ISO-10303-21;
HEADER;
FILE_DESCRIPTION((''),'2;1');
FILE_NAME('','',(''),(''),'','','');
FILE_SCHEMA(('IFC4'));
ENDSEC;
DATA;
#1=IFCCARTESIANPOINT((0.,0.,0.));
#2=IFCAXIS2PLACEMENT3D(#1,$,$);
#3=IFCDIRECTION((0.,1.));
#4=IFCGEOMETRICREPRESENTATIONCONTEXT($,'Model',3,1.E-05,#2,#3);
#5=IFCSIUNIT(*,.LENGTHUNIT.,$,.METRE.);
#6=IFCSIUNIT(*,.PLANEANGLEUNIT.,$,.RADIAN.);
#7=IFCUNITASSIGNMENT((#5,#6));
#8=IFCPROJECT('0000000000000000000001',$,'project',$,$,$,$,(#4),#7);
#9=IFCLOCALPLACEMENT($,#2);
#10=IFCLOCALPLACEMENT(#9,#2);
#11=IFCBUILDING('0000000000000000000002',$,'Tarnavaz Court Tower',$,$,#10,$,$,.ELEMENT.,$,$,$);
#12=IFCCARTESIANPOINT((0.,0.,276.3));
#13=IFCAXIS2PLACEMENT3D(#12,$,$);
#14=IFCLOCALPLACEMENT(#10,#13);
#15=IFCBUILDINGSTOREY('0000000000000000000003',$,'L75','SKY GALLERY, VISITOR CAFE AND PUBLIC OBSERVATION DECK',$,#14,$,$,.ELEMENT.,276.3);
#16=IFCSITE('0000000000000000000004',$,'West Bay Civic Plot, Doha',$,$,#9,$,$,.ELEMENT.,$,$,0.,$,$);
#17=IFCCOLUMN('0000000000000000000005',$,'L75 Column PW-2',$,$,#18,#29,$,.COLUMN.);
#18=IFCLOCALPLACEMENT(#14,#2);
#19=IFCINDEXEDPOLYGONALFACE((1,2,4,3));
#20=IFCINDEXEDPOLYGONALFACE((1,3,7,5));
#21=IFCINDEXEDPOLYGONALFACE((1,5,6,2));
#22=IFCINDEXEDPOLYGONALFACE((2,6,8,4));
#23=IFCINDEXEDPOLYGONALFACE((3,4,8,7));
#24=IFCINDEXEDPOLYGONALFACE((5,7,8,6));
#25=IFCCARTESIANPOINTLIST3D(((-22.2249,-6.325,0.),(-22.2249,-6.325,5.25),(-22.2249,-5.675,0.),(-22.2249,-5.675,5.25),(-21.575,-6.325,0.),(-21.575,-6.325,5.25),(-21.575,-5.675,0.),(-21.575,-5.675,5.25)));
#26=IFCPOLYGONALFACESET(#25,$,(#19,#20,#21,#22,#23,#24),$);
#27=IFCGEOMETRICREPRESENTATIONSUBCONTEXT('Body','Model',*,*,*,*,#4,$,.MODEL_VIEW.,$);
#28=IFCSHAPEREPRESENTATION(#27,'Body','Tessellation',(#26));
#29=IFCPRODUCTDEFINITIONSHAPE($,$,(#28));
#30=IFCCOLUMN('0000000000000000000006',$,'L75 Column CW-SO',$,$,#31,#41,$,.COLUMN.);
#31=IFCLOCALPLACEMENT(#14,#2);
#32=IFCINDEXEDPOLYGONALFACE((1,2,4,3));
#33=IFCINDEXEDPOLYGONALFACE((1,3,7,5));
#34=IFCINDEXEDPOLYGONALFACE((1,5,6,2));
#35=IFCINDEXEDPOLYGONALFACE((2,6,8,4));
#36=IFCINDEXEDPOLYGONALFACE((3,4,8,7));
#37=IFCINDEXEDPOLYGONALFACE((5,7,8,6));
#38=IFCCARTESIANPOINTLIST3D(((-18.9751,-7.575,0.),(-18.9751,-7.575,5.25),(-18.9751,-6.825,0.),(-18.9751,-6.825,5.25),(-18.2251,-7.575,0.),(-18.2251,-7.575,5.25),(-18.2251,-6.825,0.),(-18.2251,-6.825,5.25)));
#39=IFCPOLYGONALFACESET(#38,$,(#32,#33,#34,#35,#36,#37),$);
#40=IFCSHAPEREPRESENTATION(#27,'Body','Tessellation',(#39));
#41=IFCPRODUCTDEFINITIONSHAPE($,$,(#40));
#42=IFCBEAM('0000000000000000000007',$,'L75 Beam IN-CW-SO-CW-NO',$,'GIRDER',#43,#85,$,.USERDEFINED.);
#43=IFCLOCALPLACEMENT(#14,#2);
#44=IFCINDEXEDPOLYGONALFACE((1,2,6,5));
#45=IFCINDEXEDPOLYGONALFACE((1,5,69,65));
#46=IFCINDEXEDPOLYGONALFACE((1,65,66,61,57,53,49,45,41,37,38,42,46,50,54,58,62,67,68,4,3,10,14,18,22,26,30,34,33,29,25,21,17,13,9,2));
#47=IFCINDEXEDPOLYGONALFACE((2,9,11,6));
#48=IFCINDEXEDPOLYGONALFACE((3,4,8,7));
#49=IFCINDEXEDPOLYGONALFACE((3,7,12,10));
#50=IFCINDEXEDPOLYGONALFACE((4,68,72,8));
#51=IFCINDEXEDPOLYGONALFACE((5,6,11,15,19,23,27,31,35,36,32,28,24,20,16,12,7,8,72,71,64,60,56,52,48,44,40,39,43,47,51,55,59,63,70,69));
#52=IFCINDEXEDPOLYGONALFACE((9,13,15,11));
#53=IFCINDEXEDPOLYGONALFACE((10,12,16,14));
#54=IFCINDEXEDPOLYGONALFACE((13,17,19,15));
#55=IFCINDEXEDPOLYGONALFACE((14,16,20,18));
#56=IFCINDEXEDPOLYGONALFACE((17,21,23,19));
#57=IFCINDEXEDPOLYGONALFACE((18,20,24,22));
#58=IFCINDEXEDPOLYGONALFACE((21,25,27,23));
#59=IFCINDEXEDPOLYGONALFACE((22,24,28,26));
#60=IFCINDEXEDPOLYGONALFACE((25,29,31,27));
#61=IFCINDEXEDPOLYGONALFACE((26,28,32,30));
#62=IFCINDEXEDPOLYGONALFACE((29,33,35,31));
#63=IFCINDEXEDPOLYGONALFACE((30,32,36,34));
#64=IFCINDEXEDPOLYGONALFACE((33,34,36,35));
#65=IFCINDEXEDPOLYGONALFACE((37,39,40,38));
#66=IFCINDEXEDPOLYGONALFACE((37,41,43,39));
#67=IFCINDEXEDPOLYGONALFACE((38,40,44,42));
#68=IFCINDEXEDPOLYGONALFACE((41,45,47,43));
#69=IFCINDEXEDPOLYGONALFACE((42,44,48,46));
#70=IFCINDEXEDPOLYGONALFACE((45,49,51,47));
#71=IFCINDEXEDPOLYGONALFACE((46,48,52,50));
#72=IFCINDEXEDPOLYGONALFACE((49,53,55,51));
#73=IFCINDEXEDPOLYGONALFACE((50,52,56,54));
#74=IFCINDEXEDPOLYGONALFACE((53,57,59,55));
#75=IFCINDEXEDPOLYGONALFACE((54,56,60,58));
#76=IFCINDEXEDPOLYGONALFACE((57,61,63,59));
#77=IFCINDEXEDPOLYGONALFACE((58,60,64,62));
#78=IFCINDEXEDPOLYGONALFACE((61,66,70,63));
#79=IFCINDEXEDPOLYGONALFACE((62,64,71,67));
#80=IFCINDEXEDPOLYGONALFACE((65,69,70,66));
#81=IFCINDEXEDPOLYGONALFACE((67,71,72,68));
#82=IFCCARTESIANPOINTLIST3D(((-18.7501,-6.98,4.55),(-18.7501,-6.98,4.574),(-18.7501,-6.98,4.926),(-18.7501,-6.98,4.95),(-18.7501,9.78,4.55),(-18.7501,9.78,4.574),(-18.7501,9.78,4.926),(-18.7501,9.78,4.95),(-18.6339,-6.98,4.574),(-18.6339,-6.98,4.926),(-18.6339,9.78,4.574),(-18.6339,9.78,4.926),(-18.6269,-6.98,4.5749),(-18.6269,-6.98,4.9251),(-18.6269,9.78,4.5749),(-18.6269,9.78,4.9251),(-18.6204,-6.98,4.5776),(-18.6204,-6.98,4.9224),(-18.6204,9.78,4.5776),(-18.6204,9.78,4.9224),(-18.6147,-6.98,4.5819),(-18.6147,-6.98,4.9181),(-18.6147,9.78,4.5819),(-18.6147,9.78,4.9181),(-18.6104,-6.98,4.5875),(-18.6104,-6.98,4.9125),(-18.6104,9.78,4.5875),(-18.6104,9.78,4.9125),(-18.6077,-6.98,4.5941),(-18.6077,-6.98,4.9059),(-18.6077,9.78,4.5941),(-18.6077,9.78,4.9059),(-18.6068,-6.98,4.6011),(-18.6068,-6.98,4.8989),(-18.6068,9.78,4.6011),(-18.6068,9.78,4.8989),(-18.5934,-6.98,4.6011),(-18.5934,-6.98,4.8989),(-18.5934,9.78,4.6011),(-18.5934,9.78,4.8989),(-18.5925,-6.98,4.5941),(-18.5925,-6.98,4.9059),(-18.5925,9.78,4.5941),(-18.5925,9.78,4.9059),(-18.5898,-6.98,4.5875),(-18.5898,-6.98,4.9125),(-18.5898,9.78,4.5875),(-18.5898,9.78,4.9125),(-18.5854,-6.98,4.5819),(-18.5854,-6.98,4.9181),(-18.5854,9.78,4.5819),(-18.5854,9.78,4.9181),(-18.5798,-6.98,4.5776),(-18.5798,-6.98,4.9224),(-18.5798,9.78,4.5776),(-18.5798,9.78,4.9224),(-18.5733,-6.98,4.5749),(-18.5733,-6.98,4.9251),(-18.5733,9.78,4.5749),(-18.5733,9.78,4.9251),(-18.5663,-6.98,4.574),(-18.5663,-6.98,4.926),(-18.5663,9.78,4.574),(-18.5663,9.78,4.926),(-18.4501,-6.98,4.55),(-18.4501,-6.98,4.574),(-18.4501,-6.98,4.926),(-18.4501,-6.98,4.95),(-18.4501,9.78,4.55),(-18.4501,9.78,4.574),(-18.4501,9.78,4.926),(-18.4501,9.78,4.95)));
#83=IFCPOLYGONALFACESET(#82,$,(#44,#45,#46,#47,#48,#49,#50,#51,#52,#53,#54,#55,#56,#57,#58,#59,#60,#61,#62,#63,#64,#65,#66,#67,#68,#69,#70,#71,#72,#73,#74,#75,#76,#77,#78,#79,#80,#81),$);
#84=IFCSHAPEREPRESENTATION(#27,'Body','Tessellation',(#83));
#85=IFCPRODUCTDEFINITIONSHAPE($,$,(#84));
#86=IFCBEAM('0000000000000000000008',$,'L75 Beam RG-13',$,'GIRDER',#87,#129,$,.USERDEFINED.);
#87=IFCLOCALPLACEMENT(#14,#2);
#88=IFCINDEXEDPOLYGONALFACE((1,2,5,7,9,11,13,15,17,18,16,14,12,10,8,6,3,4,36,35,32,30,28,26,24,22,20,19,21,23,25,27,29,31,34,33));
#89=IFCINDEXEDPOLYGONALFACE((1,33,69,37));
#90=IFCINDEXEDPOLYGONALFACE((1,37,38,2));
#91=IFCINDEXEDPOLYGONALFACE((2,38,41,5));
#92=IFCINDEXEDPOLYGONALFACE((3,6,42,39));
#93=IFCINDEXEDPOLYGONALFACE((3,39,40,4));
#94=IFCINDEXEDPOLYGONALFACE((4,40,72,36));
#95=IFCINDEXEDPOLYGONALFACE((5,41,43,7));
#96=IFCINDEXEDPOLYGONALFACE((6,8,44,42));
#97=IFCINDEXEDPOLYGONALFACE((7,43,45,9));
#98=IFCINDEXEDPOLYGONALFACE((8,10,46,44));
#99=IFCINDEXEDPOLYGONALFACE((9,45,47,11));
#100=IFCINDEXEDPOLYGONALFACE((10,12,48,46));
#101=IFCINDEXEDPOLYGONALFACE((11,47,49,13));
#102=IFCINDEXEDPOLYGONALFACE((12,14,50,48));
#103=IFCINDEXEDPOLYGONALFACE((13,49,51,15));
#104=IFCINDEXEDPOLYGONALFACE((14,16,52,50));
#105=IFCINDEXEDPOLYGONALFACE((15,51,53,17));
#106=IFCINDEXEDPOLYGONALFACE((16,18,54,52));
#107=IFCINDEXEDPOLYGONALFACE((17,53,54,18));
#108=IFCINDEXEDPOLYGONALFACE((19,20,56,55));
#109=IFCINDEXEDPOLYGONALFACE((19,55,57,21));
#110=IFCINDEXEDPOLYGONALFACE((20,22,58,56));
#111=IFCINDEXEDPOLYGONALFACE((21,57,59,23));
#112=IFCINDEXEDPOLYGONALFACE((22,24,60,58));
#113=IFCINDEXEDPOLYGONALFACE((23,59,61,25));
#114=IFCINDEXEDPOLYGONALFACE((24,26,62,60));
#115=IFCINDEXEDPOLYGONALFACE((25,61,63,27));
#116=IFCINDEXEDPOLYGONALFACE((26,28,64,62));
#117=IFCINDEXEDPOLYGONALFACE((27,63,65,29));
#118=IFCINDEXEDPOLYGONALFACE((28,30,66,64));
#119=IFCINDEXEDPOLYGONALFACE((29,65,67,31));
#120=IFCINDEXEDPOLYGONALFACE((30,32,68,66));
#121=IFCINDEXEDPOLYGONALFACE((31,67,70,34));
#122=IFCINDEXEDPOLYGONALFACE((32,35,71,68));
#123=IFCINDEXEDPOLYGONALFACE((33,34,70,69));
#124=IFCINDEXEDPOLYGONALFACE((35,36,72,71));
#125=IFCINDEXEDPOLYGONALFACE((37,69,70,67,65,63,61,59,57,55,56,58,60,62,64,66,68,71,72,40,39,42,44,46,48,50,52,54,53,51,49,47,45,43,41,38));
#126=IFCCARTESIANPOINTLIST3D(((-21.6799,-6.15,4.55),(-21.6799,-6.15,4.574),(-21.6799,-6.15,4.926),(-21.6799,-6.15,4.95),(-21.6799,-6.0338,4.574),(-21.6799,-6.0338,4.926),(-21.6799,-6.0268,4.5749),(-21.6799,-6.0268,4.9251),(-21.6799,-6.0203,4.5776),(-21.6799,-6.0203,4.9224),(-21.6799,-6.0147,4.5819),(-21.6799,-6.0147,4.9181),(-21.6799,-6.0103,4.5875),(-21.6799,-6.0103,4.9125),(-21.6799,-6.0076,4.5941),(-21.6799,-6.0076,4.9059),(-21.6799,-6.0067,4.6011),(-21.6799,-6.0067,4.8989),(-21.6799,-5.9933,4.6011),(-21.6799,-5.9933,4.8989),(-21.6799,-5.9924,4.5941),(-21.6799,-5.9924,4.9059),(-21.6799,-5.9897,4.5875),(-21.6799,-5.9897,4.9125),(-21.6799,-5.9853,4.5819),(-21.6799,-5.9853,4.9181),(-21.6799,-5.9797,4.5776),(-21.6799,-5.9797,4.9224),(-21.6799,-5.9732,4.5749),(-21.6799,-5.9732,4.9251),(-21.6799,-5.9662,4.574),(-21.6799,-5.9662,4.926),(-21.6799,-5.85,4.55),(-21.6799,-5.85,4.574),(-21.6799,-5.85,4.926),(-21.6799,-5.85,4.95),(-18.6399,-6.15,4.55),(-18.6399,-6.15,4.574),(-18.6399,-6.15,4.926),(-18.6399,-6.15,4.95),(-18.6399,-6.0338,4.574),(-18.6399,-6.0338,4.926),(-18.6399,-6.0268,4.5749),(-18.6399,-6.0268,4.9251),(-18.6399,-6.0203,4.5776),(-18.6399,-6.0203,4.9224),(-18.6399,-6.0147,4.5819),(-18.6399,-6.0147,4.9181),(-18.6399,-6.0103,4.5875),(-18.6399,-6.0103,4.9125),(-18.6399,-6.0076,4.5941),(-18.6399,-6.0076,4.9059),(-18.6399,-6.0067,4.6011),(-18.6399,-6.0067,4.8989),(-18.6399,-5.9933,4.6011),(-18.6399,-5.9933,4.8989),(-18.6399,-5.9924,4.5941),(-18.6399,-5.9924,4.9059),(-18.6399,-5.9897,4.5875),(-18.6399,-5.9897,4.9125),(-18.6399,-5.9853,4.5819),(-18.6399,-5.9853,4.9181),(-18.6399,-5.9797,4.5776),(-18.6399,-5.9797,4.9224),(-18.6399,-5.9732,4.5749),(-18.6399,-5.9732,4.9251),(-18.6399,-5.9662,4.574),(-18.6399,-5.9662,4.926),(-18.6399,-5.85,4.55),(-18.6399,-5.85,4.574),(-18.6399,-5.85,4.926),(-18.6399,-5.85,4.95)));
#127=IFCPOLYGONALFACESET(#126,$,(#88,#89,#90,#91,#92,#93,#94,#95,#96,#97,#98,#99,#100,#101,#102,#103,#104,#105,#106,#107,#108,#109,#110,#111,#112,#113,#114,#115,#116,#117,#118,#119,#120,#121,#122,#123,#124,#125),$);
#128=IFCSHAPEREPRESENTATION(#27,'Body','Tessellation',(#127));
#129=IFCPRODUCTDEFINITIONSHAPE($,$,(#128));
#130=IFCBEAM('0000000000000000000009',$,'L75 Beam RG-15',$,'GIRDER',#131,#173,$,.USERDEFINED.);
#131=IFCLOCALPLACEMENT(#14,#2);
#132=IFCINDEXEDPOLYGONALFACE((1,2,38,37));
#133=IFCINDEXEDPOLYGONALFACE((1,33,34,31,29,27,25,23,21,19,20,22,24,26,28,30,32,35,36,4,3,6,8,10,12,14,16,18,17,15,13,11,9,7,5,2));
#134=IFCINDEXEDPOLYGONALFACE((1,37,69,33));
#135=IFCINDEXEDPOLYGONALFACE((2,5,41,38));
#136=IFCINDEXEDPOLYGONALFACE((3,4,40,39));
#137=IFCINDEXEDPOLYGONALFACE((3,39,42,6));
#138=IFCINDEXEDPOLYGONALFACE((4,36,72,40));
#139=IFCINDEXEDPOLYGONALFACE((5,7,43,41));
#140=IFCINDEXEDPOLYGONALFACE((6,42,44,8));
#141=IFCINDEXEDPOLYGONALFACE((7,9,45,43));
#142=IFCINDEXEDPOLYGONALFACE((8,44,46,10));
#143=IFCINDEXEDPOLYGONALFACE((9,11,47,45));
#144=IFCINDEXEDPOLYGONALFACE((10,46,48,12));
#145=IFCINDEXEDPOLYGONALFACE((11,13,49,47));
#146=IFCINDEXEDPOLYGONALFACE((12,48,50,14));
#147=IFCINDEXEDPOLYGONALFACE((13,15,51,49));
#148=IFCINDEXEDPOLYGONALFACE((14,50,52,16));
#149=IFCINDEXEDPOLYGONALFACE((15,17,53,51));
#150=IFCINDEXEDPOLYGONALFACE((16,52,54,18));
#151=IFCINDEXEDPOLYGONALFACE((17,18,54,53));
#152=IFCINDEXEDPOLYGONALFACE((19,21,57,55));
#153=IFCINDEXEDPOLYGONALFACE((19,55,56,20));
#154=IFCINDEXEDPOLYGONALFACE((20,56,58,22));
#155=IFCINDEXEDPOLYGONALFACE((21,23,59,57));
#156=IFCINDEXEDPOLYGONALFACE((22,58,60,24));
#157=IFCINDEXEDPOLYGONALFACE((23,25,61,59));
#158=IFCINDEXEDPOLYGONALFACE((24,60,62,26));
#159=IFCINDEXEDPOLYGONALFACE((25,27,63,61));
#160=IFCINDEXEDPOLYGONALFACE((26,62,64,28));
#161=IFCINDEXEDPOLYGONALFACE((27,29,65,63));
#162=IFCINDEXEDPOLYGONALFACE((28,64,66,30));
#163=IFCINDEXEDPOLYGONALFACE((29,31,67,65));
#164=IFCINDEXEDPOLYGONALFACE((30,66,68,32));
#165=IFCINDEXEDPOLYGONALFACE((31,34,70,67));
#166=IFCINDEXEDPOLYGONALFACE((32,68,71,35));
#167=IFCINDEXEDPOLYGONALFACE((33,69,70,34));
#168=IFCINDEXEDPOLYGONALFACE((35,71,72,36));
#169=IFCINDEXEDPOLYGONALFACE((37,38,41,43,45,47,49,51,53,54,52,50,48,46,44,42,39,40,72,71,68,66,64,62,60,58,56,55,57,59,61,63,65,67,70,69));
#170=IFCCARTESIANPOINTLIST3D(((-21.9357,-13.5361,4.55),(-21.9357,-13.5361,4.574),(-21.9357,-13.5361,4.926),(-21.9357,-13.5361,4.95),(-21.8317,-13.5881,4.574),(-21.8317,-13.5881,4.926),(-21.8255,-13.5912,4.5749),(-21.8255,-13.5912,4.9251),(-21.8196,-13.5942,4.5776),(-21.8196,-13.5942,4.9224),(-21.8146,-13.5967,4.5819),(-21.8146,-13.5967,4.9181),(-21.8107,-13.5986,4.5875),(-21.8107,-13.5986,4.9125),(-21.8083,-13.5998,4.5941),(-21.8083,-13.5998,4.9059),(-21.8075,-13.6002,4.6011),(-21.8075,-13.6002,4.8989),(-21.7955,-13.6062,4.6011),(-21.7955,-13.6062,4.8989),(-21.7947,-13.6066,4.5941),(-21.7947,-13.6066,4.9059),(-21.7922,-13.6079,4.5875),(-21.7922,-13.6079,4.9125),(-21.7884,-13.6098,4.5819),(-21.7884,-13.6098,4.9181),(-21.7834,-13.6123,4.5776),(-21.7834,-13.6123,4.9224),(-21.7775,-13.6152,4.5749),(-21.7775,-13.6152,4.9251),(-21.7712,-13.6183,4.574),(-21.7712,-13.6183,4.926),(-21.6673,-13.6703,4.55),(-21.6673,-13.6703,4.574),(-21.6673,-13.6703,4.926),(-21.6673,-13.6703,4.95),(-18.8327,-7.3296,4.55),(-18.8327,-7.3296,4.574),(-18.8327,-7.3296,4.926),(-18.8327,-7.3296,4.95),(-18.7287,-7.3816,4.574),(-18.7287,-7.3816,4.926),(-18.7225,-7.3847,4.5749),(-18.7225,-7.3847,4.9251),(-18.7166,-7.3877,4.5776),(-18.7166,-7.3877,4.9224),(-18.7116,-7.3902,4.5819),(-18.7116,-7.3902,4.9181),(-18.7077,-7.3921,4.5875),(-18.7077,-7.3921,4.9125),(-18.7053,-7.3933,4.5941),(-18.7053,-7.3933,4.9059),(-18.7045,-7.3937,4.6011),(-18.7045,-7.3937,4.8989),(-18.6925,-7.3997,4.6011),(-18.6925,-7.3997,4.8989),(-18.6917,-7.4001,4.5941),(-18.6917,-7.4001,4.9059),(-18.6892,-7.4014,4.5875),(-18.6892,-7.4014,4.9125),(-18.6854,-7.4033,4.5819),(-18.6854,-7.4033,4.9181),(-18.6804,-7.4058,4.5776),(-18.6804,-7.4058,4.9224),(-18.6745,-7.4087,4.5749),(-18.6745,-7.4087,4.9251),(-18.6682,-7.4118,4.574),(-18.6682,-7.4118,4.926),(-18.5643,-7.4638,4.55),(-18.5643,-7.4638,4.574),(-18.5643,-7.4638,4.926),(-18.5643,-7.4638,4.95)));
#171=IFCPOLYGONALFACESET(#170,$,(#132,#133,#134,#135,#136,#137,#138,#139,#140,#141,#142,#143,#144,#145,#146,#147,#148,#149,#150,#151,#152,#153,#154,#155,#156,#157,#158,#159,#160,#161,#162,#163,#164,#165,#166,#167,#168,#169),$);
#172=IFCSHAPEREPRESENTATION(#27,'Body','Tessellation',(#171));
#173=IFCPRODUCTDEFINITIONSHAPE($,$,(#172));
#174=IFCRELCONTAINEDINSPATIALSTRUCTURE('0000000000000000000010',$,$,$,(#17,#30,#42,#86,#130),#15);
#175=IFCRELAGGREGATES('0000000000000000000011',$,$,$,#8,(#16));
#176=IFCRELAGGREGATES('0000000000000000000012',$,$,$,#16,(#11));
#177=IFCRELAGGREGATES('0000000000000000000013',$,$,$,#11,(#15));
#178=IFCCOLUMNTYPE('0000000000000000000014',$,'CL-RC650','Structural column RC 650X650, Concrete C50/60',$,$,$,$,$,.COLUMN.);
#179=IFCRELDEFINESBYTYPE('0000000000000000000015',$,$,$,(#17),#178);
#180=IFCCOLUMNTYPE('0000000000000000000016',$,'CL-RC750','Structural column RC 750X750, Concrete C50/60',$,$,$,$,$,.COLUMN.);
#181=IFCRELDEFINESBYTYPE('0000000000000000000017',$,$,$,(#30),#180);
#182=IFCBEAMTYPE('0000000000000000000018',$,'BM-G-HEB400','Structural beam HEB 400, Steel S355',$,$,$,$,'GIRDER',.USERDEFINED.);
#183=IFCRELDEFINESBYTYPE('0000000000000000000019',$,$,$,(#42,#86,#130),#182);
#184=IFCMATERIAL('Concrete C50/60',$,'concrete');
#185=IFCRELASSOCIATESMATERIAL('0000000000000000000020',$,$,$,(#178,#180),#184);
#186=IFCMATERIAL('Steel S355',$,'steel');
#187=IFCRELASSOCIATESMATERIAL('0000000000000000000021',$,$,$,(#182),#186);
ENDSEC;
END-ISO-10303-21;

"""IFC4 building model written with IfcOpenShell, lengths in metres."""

from ifc_helpers import new_model, si_unit, direction, frame, origin, origin_2d, place, context, subcontext, project, spatial, rectangle, i_section, extrude, material, material_profile, profile_set, type_object, element, save


model = new_model("IFC4")

# Units and contexts
model_context = context("Model", 3, precision=1e-05, world=origin(), true_north=direction((0.0, 1.0)))
body_context = subcontext(model_context, "Body", "Model", "MODEL_VIEW")
ifc_project = project(units=[si_unit("LENGTHUNIT", "METRE"), si_unit("PLANEANGLEUNIT", "RADIAN")], contexts=[model_context])

# Site, building, storey
site_placement = place(None, origin())
site = spatial("IfcSite", under=ifc_project, at=site_placement, Name="West Bay Civic Plot, Doha", CompositionType="ELEMENT", RefElevation=0.0)
building_placement = place(site_placement, origin())
building = spatial("IfcBuilding", under=site, at=building_placement, Name="Tarnavaz Court Tower", CompositionType="ELEMENT")
storey_placement = place(building_placement, frame((0.0, 0.0, 276.3)))
storey = spatial("IfcBuildingStorey", under=building, at=storey_placement, Name="L75", Description="SKY GALLERY, VISITOR CAFE AND PUBLIC OBSERVATION DECK", CompositionType="ELEMENT", Elevation=276.3)

# Columns
ifc_material_1 = material(Name="Concrete C50/60", Category="concrete")
ifc_material_profile_1 = material_profile(ifc_material_1, rectangle(XDim=0.6499, YDim=0.6499, at=origin_2d()), Name="RC 650X650")
ifc_profile_set_1 = profile_set([ifc_material_profile_1], Name="Concrete C50/60")
column_type_1 = type_object("IfcColumnType", Name="CL-RC650", Description="Structural column RC 650X650, Concrete C50/60", PredefinedType="COLUMN", material=ifc_profile_set_1)
column_1_placement = place(storey_placement, frame((-21.8999, -6.0, 0.0), z_axis=(0.0, 0.0, 1.0), x_axis=(1.0, 0.0, 0.0)))
element("IfcColumn", 1, at=column_1_placement, inside=storey, type_object=column_type_1, Name="L75 Column PW-2", PredefinedType="COLUMN", context=body_context, shape_type="SweptSolid", body=[
    extrude(rectangle(XDim=0.6499, YDim=0.6499, at=origin_2d()), origin(), (0.0, 0.0, 1.0), 5.25),
])
ifc_material_profile_2 = material_profile(ifc_material_1, rectangle(XDim=0.75, YDim=0.75, at=origin_2d()), Name="RC 750X750")
ifc_profile_set_2 = profile_set([ifc_material_profile_2], Name="Concrete C50/60")
column_type_2 = type_object("IfcColumnType", Name="CL-RC750", Description="Structural column RC 750X750, Concrete C50/60", PredefinedType="COLUMN", material=ifc_profile_set_2)
column_2_placement = place(storey_placement, frame((-18.6001, -7.2, 0.0), z_axis=(0.0, 0.0, 1.0), x_axis=(1.0, 0.0, 0.0)))
element("IfcColumn", 2, at=column_2_placement, inside=storey, type_object=column_type_2, Name="L75 Column CW-SO", PredefinedType="COLUMN", context=body_context, shape_type="SweptSolid", body=[
    extrude(rectangle(XDim=0.75, YDim=0.75, at=origin_2d()), origin(), (0.0, 0.0, 1.0), 5.25),
])

# Beams
ifc_material_2 = material(Name="Steel S355", Category="steel")
ifc_material_profile_3 = material_profile(ifc_material_2, i_section(OverallWidth=0.3, OverallDepth=0.3999, WebThickness=0.0134, FlangeThickness=0.0239, FilletRadius=0.0271, at=origin_2d()), Name="HEB 400")
ifc_profile_set_3 = profile_set([ifc_material_profile_3], Name="Steel S355")
beam_type_1 = type_object("IfcBeamType", Name="BM-G-HEB400", Description="Structural beam HEB 400, Steel S355", ElementType="GIRDER", PredefinedType="USERDEFINED", material=ifc_profile_set_3)
beam_1_placement = place(storey_placement, frame((-18.6001, -6.98, 4.75), z_axis=(0.0, 1.0, 0.0), x_axis=(-1.0, 0.0, 0.0)))
element("IfcBeam", 3, at=beam_1_placement, inside=storey, type_object=beam_type_1, Name="L75 Beam IN-CW-SO-CW-NO", ObjectType="GIRDER", PredefinedType="USERDEFINED", context=body_context, shape_type="SweptSolid", body=[
    extrude(i_section(OverallWidth=0.3, OverallDepth=0.3999, WebThickness=0.0134, FlangeThickness=0.0239, FilletRadius=0.0271, at=origin_2d()), origin(), (0.0, 0.0, 1.0), 16.76),
])
beam_2_placement = place(storey_placement, frame((-18.6399, -6.0, 4.75), z_axis=(-1.0, 0.0, 0.0), x_axis=(0.0, -1.0, 0.0)))
element("IfcBeam", 4, at=beam_2_placement, inside=storey, type_object=beam_type_1, Name="L75 Beam RG-13", ObjectType="GIRDER", PredefinedType="USERDEFINED", context=body_context, shape_type="SweptSolid", body=[
    extrude(i_section(OverallWidth=0.3, OverallDepth=0.3999, WebThickness=0.0134, FlangeThickness=0.0239, FilletRadius=0.0271, at=origin_2d()), origin(), (0.0, 0.0, 1.0), 3.04),
])
beam_3_placement = place(storey_placement, frame((-18.6985, -7.3967, 4.75), z_axis=(-0.447185, -0.894441, 0.0), x_axis=(0.894441, -0.447185, 0.0)))
element("IfcBeam", 5, at=beam_3_placement, inside=storey, type_object=beam_type_1, Name="L75 Beam RG-15", ObjectType="GIRDER", PredefinedType="USERDEFINED", context=body_context, shape_type="SweptSolid", body=[
    extrude(i_section(OverallWidth=0.3, OverallDepth=0.3999, WebThickness=0.0134, FlangeThickness=0.0239, FilletRadius=0.0271, at=origin_2d()), origin(), (0.0, 0.0, 1.0), 6.939),
])

save(model, "model.ifc")
